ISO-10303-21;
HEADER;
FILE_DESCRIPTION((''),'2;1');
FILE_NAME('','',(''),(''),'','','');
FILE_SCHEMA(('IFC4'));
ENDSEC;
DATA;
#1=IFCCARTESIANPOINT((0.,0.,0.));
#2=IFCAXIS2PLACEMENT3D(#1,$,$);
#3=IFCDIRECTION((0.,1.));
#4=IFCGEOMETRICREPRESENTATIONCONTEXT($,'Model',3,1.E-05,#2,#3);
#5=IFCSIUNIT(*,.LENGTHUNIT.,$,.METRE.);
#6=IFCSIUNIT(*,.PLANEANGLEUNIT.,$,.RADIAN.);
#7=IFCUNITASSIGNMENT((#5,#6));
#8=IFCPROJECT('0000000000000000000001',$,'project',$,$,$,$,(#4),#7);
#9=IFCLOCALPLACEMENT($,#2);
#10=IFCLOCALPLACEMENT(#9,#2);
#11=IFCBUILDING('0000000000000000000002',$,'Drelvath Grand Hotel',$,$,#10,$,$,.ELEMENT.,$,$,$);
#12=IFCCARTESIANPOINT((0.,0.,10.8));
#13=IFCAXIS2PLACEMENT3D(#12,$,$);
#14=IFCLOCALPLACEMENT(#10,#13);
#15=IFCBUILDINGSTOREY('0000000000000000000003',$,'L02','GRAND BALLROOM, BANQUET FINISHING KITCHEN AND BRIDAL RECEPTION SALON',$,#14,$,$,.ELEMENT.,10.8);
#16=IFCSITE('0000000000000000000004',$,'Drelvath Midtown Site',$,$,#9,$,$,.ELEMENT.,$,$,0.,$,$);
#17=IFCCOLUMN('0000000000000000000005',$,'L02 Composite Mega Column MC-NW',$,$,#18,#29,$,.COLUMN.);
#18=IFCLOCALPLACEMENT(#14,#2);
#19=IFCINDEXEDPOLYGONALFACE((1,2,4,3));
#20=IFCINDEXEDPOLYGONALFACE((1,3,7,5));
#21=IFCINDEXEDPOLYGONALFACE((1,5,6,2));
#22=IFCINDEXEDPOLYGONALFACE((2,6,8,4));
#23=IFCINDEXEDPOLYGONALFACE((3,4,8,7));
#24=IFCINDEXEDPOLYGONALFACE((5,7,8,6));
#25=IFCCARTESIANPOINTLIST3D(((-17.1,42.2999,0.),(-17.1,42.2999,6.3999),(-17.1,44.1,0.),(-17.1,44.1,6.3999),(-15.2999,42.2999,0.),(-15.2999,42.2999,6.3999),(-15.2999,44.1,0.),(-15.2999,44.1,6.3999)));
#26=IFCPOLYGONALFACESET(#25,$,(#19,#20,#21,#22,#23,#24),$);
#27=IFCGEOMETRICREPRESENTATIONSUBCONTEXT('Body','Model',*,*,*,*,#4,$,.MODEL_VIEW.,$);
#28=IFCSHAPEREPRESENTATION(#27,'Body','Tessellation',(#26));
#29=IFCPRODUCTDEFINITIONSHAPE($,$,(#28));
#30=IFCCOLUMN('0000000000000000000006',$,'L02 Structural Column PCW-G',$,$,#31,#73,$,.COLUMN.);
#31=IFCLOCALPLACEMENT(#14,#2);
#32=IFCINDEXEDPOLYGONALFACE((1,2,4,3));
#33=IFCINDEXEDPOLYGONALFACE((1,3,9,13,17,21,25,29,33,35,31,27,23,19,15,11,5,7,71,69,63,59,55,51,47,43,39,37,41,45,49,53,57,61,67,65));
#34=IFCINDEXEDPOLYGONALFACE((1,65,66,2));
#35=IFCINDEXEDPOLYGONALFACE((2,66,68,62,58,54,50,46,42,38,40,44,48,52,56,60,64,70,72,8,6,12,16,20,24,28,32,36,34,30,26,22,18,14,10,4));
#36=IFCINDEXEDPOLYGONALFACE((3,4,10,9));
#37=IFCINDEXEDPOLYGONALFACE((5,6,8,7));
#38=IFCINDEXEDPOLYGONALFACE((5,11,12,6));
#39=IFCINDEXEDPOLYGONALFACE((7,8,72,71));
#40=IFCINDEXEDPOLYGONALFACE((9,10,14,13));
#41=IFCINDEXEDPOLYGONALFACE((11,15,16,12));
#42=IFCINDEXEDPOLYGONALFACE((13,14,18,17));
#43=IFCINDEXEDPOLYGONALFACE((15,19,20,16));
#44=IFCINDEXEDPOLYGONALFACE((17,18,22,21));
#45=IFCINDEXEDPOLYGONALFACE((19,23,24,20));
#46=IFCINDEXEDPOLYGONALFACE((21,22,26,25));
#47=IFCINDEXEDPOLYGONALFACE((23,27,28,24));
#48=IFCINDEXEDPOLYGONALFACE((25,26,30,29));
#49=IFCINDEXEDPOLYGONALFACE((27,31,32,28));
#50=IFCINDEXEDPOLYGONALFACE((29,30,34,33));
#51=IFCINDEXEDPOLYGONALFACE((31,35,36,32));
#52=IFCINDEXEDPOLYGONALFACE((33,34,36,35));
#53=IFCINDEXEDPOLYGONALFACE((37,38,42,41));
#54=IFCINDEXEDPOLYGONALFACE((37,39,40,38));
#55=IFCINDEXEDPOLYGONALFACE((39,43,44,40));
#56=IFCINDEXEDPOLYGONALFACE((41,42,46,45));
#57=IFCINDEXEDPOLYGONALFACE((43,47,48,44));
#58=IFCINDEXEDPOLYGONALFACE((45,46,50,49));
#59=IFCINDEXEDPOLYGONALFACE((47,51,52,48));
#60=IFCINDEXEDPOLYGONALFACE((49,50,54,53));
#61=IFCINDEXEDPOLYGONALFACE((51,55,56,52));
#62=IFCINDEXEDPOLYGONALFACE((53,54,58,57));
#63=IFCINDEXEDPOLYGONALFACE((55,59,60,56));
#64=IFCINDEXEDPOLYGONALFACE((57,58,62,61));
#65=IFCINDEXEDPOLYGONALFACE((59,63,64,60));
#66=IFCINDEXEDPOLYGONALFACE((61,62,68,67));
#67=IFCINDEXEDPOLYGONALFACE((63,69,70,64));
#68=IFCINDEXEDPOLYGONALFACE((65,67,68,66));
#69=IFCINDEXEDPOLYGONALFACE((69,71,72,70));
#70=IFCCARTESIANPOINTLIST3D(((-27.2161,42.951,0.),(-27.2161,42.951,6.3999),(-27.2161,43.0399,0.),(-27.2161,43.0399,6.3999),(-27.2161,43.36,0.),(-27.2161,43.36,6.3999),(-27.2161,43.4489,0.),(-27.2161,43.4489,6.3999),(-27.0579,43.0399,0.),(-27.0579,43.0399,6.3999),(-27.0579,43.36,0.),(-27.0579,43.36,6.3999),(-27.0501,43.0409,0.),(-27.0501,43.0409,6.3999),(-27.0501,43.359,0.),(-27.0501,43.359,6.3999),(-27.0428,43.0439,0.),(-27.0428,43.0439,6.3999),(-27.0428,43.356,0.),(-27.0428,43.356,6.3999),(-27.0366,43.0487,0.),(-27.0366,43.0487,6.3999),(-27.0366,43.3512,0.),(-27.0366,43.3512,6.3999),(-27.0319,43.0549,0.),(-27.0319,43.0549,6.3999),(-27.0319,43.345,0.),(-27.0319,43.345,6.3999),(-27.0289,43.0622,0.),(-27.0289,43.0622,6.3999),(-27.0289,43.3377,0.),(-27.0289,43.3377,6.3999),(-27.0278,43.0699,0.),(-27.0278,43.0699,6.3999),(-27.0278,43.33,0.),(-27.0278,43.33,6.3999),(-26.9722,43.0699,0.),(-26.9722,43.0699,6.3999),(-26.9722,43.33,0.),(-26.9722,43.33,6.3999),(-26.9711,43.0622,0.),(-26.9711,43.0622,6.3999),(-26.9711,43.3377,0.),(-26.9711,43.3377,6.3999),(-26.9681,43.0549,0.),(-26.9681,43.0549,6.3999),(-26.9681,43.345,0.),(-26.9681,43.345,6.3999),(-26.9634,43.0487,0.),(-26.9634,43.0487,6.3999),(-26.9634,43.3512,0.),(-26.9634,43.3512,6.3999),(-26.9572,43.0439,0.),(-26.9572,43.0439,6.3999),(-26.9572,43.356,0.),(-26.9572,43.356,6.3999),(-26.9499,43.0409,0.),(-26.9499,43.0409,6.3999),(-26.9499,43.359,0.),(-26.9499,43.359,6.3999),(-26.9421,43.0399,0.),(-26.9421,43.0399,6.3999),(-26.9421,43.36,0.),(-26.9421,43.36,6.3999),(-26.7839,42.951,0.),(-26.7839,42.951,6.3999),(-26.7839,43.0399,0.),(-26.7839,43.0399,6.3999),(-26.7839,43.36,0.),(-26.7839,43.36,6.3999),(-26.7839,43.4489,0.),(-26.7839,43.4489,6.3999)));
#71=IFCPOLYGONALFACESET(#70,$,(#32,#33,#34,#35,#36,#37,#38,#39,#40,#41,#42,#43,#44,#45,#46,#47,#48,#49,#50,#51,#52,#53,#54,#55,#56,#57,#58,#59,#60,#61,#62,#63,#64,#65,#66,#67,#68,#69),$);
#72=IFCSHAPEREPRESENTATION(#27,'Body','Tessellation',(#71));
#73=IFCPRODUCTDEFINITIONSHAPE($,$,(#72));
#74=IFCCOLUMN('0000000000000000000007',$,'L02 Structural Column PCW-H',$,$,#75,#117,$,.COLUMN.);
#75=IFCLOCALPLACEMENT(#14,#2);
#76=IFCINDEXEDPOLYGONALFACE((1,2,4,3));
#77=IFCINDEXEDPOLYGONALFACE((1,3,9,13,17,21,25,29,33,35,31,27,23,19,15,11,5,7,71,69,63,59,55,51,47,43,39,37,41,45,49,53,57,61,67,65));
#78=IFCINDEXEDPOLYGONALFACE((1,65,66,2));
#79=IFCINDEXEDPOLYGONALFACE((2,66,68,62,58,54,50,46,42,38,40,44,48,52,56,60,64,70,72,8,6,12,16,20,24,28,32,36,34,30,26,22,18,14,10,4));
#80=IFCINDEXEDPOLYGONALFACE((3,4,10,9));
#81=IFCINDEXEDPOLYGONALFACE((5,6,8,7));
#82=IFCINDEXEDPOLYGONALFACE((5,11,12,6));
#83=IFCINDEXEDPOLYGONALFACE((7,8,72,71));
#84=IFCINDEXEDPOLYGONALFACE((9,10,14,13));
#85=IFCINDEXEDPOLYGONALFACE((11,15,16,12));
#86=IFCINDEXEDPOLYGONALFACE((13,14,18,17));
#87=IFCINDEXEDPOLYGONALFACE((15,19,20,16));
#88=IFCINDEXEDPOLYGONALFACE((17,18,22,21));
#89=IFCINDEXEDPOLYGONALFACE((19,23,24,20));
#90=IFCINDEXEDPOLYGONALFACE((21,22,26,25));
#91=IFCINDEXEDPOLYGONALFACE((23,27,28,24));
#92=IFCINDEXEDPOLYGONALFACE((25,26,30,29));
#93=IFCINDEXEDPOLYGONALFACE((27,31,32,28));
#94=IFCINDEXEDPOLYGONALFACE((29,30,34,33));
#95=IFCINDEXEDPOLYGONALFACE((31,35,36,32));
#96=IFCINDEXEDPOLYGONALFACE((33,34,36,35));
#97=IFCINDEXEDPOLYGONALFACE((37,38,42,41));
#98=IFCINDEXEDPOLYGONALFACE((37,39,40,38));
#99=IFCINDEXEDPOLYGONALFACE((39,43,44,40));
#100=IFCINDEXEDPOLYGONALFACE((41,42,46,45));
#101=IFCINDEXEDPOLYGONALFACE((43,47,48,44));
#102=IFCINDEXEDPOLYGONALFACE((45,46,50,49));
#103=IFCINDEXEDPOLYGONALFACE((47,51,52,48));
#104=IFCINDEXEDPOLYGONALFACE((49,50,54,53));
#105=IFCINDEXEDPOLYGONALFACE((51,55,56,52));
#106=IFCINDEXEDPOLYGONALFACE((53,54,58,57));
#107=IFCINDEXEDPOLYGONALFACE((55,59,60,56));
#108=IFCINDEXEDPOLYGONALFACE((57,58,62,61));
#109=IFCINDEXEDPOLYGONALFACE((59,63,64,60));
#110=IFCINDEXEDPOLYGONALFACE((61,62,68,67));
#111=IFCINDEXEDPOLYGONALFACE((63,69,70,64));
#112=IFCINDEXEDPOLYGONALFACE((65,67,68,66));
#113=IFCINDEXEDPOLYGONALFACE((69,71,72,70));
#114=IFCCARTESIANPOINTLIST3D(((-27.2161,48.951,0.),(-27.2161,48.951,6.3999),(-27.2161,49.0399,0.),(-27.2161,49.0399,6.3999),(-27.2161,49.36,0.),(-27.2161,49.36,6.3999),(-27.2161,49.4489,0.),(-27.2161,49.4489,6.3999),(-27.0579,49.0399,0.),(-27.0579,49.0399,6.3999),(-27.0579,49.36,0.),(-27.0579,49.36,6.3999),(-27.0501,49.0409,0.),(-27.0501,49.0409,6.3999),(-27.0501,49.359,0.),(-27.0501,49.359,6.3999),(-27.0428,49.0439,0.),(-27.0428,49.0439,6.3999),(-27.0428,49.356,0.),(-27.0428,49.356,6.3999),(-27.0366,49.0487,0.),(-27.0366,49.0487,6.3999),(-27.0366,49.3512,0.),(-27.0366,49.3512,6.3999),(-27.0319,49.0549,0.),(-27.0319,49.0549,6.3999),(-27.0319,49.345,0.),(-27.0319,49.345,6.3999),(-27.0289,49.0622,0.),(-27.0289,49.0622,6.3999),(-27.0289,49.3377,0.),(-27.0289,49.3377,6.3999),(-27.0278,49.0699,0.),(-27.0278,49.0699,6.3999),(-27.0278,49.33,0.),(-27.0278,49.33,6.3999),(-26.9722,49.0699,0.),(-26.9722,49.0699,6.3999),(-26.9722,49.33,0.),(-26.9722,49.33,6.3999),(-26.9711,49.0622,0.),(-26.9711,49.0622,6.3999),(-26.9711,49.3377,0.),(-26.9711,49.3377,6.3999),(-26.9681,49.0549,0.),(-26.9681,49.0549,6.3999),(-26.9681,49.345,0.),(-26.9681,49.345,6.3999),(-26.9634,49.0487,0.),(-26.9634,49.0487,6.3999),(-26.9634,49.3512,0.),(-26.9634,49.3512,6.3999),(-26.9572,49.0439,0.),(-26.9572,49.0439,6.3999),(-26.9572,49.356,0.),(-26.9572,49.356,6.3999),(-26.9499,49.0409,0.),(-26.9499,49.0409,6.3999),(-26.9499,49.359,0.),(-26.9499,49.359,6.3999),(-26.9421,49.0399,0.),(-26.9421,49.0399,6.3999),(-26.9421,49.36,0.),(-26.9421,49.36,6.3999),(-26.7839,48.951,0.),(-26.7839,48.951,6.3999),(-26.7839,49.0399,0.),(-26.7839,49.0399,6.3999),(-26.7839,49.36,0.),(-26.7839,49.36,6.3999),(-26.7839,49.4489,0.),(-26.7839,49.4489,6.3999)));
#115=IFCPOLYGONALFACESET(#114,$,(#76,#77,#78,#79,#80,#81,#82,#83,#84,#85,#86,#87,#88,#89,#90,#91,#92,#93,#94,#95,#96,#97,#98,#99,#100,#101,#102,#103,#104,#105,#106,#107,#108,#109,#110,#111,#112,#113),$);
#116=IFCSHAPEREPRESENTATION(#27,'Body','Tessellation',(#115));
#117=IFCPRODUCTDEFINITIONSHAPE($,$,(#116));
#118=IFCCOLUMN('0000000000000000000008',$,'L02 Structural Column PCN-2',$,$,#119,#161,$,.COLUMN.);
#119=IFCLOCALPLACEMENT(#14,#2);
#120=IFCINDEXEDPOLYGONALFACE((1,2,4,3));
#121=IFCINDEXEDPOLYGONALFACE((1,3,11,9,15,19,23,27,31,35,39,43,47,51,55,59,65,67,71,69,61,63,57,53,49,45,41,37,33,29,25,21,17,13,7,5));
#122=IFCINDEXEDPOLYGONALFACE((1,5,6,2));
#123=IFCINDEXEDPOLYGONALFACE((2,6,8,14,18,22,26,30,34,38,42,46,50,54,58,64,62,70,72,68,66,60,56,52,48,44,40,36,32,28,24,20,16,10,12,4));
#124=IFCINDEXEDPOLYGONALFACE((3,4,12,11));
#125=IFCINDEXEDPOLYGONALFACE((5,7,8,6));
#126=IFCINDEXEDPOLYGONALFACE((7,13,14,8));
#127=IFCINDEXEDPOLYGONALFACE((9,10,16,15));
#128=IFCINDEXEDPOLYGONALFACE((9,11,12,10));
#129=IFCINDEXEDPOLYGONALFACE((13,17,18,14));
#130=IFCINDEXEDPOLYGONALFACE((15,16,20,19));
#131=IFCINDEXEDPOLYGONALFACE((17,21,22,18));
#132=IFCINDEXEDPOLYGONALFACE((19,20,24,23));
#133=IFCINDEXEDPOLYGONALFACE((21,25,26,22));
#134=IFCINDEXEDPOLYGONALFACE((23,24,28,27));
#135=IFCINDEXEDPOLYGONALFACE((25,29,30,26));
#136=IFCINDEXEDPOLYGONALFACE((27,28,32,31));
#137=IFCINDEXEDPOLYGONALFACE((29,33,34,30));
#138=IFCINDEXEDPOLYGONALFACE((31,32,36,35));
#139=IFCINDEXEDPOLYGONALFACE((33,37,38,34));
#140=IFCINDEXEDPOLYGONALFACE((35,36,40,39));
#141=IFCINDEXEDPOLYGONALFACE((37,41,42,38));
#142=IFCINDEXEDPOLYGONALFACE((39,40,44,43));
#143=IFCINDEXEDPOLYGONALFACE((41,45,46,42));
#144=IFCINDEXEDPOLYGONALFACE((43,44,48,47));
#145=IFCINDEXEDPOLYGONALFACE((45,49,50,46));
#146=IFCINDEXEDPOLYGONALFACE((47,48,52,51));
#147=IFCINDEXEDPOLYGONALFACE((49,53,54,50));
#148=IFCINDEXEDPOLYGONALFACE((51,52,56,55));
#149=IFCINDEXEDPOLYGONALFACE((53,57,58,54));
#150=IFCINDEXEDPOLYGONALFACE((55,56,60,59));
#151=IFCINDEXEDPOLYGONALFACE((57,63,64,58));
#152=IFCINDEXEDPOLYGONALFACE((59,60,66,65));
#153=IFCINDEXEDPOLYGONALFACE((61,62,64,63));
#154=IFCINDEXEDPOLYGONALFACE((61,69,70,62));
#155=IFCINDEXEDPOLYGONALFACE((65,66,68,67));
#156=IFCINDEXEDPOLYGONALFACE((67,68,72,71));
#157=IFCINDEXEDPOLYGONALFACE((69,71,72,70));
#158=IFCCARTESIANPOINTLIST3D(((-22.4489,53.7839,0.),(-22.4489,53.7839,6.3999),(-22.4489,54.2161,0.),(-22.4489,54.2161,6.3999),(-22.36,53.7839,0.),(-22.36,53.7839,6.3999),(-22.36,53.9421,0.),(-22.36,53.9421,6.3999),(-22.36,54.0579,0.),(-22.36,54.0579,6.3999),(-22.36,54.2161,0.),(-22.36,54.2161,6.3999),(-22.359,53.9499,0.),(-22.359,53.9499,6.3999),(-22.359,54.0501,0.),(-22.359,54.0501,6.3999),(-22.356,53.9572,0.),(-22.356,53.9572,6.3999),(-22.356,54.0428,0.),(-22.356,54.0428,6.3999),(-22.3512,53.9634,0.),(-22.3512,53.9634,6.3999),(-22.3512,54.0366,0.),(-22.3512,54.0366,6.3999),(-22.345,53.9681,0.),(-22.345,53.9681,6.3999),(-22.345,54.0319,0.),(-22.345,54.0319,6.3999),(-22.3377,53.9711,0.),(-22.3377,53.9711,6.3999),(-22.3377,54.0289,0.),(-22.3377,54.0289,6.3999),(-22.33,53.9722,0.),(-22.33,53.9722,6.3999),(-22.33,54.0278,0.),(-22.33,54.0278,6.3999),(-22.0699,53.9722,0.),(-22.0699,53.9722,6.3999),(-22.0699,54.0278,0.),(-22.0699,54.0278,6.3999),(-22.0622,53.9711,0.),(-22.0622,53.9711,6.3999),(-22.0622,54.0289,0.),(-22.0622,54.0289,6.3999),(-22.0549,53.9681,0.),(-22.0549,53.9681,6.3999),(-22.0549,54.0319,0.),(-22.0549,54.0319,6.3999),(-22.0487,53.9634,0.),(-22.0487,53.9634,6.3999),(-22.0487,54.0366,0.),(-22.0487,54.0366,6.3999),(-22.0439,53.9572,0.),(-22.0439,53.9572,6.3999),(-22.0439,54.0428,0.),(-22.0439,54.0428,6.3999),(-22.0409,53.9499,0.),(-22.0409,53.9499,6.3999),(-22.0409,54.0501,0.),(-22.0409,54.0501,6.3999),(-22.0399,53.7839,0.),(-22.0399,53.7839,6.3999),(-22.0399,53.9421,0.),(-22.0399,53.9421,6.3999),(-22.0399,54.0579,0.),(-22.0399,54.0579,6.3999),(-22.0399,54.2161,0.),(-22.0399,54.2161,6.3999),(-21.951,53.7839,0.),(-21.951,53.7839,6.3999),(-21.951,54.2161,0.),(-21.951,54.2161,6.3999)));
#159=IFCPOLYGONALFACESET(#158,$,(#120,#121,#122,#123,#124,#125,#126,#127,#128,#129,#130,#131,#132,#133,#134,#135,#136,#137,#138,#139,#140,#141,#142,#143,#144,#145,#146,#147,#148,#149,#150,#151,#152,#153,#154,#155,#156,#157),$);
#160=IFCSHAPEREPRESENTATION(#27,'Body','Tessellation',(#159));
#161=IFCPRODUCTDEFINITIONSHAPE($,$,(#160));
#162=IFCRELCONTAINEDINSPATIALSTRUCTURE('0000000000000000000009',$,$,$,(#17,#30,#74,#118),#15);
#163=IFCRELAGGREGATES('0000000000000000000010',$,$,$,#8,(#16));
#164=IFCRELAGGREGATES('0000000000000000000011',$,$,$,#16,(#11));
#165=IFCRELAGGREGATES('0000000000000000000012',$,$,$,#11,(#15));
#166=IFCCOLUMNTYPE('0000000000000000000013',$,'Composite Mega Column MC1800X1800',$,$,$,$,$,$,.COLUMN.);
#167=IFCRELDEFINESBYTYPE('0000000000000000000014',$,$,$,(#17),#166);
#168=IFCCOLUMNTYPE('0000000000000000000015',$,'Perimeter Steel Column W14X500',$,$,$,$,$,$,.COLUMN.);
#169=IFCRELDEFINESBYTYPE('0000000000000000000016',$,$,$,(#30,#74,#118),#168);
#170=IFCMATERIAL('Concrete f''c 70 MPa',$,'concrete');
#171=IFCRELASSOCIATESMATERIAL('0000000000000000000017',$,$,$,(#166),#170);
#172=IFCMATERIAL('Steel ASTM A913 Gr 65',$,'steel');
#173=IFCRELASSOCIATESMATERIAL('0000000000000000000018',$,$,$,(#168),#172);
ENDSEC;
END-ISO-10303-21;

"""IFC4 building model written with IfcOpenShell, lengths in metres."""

from ifc_helpers import new_model, si_unit, direction, frame, origin, origin_2d, place, context, subcontext, project, spatial, rectangle, i_section, extrude, material, material_profile, profile_set, type_object, element, save


model = new_model("IFC4")

# Units and contexts
model_context = context("Model", 3, precision=1e-05, world=origin(), true_north=direction((0.0, 1.0)))
body_context = subcontext(model_context, "Body", "Model", "MODEL_VIEW")
ifc_project = project(units=[si_unit("LENGTHUNIT", "METRE"), si_unit("PLANEANGLEUNIT", "RADIAN")], contexts=[model_context])

# Site, building, storey
site_placement = place(None, origin())
site = spatial("IfcSite", under=ifc_project, at=site_placement, Name="Drelvath Midtown Site", CompositionType="ELEMENT", RefElevation=0.0)
building_placement = place(site_placement, origin())
building = spatial("IfcBuilding", under=site, at=building_placement, Name="Drelvath Grand Hotel", CompositionType="ELEMENT")
storey_placement = place(building_placement, frame((0.0, 0.0, 10.8)))
storey = spatial("IfcBuildingStorey", under=building, at=storey_placement, Name="L02", Description="GRAND BALLROOM, BANQUET FINISHING KITCHEN AND BRIDAL RECEPTION SALON", CompositionType="ELEMENT", Elevation=10.8)

# Columns
ifc_material_1 = material(Name="Concrete f'c 70 MPa", Category="concrete")
ifc_material_profile_1 = material_profile(ifc_material_1, rectangle(XDim=1.8, YDim=1.8, at=origin_2d()), Name="MC1800X1800")
ifc_profile_set_1 = profile_set([ifc_material_profile_1], Name="Concrete f'c 70 MPa")
column_type_1 = type_object("IfcColumnType", Name="Composite Mega Column MC1800X1800", PredefinedType="COLUMN", material=ifc_profile_set_1)
column_placement = place(storey_placement, frame((-16.2, 43.2, 0.0), z_axis=(0.0, 0.0, 1.0), x_axis=(1.0, 0.0, 0.0)))
element("IfcColumn", 1, at=column_placement, inside=storey, type_object=column_type_1, Name="L02 Composite Mega Column MC-NW", PredefinedType="COLUMN", context=body_context, shape_type="SweptSolid", body=[
    extrude(rectangle(XDim=1.8, YDim=1.8, at=origin_2d()), origin(), (0.0, 0.0, 1.0), 6.3999),
])
ifc_material_2 = material(Name="Steel ASTM A913 Gr 65", Category="steel")
ifc_material_profile_2 = material_profile(ifc_material_2, i_section(OverallWidth=0.4321, OverallDepth=0.4978, WebThickness=0.0557, FlangeThickness=0.0889, FilletRadius=0.03, at=origin_2d()), Name="W14X500")
ifc_profile_set_2 = profile_set([ifc_material_profile_2], Name="Steel ASTM A913 Gr 65")
column_type_2 = type_object("IfcColumnType", Name="Perimeter Steel Column W14X500", PredefinedType="COLUMN", material=ifc_profile_set_2)
for number, where, z_axis, x_axis, name in (
    (2, (-27.0, 43.2, 0.0), (0.0, 0.0, 1.0), (1.0, 0.0, 0.0), "L02 Structural Column PCW-G"),
    (3, (-27.0, 49.2, 0.0), (0.0, 0.0, 1.0), (1.0, 0.0, 0.0), "L02 Structural Column PCW-H"),
    (4, (-22.2, 54.0, 0.0), (0.0, 0.0, 1.0), (0.0, 1.0, 0.0), "L02 Structural Column PCN-2"),
):
    element("IfcColumn", number, at=place(storey_placement, frame(where, z_axis=z_axis, x_axis=x_axis)), inside=storey, type_object=column_type_2, Name=name, PredefinedType="COLUMN", context=body_context, shape_type="SweptSolid", body=[
        extrude(i_section(OverallWidth=0.4321, OverallDepth=0.4978, WebThickness=0.0557, FlangeThickness=0.0889, FilletRadius=0.03, at=origin_2d()), origin(), (0.0, 0.0, 1.0), 6.3999),
    ])

save(model, "model.ifc")
